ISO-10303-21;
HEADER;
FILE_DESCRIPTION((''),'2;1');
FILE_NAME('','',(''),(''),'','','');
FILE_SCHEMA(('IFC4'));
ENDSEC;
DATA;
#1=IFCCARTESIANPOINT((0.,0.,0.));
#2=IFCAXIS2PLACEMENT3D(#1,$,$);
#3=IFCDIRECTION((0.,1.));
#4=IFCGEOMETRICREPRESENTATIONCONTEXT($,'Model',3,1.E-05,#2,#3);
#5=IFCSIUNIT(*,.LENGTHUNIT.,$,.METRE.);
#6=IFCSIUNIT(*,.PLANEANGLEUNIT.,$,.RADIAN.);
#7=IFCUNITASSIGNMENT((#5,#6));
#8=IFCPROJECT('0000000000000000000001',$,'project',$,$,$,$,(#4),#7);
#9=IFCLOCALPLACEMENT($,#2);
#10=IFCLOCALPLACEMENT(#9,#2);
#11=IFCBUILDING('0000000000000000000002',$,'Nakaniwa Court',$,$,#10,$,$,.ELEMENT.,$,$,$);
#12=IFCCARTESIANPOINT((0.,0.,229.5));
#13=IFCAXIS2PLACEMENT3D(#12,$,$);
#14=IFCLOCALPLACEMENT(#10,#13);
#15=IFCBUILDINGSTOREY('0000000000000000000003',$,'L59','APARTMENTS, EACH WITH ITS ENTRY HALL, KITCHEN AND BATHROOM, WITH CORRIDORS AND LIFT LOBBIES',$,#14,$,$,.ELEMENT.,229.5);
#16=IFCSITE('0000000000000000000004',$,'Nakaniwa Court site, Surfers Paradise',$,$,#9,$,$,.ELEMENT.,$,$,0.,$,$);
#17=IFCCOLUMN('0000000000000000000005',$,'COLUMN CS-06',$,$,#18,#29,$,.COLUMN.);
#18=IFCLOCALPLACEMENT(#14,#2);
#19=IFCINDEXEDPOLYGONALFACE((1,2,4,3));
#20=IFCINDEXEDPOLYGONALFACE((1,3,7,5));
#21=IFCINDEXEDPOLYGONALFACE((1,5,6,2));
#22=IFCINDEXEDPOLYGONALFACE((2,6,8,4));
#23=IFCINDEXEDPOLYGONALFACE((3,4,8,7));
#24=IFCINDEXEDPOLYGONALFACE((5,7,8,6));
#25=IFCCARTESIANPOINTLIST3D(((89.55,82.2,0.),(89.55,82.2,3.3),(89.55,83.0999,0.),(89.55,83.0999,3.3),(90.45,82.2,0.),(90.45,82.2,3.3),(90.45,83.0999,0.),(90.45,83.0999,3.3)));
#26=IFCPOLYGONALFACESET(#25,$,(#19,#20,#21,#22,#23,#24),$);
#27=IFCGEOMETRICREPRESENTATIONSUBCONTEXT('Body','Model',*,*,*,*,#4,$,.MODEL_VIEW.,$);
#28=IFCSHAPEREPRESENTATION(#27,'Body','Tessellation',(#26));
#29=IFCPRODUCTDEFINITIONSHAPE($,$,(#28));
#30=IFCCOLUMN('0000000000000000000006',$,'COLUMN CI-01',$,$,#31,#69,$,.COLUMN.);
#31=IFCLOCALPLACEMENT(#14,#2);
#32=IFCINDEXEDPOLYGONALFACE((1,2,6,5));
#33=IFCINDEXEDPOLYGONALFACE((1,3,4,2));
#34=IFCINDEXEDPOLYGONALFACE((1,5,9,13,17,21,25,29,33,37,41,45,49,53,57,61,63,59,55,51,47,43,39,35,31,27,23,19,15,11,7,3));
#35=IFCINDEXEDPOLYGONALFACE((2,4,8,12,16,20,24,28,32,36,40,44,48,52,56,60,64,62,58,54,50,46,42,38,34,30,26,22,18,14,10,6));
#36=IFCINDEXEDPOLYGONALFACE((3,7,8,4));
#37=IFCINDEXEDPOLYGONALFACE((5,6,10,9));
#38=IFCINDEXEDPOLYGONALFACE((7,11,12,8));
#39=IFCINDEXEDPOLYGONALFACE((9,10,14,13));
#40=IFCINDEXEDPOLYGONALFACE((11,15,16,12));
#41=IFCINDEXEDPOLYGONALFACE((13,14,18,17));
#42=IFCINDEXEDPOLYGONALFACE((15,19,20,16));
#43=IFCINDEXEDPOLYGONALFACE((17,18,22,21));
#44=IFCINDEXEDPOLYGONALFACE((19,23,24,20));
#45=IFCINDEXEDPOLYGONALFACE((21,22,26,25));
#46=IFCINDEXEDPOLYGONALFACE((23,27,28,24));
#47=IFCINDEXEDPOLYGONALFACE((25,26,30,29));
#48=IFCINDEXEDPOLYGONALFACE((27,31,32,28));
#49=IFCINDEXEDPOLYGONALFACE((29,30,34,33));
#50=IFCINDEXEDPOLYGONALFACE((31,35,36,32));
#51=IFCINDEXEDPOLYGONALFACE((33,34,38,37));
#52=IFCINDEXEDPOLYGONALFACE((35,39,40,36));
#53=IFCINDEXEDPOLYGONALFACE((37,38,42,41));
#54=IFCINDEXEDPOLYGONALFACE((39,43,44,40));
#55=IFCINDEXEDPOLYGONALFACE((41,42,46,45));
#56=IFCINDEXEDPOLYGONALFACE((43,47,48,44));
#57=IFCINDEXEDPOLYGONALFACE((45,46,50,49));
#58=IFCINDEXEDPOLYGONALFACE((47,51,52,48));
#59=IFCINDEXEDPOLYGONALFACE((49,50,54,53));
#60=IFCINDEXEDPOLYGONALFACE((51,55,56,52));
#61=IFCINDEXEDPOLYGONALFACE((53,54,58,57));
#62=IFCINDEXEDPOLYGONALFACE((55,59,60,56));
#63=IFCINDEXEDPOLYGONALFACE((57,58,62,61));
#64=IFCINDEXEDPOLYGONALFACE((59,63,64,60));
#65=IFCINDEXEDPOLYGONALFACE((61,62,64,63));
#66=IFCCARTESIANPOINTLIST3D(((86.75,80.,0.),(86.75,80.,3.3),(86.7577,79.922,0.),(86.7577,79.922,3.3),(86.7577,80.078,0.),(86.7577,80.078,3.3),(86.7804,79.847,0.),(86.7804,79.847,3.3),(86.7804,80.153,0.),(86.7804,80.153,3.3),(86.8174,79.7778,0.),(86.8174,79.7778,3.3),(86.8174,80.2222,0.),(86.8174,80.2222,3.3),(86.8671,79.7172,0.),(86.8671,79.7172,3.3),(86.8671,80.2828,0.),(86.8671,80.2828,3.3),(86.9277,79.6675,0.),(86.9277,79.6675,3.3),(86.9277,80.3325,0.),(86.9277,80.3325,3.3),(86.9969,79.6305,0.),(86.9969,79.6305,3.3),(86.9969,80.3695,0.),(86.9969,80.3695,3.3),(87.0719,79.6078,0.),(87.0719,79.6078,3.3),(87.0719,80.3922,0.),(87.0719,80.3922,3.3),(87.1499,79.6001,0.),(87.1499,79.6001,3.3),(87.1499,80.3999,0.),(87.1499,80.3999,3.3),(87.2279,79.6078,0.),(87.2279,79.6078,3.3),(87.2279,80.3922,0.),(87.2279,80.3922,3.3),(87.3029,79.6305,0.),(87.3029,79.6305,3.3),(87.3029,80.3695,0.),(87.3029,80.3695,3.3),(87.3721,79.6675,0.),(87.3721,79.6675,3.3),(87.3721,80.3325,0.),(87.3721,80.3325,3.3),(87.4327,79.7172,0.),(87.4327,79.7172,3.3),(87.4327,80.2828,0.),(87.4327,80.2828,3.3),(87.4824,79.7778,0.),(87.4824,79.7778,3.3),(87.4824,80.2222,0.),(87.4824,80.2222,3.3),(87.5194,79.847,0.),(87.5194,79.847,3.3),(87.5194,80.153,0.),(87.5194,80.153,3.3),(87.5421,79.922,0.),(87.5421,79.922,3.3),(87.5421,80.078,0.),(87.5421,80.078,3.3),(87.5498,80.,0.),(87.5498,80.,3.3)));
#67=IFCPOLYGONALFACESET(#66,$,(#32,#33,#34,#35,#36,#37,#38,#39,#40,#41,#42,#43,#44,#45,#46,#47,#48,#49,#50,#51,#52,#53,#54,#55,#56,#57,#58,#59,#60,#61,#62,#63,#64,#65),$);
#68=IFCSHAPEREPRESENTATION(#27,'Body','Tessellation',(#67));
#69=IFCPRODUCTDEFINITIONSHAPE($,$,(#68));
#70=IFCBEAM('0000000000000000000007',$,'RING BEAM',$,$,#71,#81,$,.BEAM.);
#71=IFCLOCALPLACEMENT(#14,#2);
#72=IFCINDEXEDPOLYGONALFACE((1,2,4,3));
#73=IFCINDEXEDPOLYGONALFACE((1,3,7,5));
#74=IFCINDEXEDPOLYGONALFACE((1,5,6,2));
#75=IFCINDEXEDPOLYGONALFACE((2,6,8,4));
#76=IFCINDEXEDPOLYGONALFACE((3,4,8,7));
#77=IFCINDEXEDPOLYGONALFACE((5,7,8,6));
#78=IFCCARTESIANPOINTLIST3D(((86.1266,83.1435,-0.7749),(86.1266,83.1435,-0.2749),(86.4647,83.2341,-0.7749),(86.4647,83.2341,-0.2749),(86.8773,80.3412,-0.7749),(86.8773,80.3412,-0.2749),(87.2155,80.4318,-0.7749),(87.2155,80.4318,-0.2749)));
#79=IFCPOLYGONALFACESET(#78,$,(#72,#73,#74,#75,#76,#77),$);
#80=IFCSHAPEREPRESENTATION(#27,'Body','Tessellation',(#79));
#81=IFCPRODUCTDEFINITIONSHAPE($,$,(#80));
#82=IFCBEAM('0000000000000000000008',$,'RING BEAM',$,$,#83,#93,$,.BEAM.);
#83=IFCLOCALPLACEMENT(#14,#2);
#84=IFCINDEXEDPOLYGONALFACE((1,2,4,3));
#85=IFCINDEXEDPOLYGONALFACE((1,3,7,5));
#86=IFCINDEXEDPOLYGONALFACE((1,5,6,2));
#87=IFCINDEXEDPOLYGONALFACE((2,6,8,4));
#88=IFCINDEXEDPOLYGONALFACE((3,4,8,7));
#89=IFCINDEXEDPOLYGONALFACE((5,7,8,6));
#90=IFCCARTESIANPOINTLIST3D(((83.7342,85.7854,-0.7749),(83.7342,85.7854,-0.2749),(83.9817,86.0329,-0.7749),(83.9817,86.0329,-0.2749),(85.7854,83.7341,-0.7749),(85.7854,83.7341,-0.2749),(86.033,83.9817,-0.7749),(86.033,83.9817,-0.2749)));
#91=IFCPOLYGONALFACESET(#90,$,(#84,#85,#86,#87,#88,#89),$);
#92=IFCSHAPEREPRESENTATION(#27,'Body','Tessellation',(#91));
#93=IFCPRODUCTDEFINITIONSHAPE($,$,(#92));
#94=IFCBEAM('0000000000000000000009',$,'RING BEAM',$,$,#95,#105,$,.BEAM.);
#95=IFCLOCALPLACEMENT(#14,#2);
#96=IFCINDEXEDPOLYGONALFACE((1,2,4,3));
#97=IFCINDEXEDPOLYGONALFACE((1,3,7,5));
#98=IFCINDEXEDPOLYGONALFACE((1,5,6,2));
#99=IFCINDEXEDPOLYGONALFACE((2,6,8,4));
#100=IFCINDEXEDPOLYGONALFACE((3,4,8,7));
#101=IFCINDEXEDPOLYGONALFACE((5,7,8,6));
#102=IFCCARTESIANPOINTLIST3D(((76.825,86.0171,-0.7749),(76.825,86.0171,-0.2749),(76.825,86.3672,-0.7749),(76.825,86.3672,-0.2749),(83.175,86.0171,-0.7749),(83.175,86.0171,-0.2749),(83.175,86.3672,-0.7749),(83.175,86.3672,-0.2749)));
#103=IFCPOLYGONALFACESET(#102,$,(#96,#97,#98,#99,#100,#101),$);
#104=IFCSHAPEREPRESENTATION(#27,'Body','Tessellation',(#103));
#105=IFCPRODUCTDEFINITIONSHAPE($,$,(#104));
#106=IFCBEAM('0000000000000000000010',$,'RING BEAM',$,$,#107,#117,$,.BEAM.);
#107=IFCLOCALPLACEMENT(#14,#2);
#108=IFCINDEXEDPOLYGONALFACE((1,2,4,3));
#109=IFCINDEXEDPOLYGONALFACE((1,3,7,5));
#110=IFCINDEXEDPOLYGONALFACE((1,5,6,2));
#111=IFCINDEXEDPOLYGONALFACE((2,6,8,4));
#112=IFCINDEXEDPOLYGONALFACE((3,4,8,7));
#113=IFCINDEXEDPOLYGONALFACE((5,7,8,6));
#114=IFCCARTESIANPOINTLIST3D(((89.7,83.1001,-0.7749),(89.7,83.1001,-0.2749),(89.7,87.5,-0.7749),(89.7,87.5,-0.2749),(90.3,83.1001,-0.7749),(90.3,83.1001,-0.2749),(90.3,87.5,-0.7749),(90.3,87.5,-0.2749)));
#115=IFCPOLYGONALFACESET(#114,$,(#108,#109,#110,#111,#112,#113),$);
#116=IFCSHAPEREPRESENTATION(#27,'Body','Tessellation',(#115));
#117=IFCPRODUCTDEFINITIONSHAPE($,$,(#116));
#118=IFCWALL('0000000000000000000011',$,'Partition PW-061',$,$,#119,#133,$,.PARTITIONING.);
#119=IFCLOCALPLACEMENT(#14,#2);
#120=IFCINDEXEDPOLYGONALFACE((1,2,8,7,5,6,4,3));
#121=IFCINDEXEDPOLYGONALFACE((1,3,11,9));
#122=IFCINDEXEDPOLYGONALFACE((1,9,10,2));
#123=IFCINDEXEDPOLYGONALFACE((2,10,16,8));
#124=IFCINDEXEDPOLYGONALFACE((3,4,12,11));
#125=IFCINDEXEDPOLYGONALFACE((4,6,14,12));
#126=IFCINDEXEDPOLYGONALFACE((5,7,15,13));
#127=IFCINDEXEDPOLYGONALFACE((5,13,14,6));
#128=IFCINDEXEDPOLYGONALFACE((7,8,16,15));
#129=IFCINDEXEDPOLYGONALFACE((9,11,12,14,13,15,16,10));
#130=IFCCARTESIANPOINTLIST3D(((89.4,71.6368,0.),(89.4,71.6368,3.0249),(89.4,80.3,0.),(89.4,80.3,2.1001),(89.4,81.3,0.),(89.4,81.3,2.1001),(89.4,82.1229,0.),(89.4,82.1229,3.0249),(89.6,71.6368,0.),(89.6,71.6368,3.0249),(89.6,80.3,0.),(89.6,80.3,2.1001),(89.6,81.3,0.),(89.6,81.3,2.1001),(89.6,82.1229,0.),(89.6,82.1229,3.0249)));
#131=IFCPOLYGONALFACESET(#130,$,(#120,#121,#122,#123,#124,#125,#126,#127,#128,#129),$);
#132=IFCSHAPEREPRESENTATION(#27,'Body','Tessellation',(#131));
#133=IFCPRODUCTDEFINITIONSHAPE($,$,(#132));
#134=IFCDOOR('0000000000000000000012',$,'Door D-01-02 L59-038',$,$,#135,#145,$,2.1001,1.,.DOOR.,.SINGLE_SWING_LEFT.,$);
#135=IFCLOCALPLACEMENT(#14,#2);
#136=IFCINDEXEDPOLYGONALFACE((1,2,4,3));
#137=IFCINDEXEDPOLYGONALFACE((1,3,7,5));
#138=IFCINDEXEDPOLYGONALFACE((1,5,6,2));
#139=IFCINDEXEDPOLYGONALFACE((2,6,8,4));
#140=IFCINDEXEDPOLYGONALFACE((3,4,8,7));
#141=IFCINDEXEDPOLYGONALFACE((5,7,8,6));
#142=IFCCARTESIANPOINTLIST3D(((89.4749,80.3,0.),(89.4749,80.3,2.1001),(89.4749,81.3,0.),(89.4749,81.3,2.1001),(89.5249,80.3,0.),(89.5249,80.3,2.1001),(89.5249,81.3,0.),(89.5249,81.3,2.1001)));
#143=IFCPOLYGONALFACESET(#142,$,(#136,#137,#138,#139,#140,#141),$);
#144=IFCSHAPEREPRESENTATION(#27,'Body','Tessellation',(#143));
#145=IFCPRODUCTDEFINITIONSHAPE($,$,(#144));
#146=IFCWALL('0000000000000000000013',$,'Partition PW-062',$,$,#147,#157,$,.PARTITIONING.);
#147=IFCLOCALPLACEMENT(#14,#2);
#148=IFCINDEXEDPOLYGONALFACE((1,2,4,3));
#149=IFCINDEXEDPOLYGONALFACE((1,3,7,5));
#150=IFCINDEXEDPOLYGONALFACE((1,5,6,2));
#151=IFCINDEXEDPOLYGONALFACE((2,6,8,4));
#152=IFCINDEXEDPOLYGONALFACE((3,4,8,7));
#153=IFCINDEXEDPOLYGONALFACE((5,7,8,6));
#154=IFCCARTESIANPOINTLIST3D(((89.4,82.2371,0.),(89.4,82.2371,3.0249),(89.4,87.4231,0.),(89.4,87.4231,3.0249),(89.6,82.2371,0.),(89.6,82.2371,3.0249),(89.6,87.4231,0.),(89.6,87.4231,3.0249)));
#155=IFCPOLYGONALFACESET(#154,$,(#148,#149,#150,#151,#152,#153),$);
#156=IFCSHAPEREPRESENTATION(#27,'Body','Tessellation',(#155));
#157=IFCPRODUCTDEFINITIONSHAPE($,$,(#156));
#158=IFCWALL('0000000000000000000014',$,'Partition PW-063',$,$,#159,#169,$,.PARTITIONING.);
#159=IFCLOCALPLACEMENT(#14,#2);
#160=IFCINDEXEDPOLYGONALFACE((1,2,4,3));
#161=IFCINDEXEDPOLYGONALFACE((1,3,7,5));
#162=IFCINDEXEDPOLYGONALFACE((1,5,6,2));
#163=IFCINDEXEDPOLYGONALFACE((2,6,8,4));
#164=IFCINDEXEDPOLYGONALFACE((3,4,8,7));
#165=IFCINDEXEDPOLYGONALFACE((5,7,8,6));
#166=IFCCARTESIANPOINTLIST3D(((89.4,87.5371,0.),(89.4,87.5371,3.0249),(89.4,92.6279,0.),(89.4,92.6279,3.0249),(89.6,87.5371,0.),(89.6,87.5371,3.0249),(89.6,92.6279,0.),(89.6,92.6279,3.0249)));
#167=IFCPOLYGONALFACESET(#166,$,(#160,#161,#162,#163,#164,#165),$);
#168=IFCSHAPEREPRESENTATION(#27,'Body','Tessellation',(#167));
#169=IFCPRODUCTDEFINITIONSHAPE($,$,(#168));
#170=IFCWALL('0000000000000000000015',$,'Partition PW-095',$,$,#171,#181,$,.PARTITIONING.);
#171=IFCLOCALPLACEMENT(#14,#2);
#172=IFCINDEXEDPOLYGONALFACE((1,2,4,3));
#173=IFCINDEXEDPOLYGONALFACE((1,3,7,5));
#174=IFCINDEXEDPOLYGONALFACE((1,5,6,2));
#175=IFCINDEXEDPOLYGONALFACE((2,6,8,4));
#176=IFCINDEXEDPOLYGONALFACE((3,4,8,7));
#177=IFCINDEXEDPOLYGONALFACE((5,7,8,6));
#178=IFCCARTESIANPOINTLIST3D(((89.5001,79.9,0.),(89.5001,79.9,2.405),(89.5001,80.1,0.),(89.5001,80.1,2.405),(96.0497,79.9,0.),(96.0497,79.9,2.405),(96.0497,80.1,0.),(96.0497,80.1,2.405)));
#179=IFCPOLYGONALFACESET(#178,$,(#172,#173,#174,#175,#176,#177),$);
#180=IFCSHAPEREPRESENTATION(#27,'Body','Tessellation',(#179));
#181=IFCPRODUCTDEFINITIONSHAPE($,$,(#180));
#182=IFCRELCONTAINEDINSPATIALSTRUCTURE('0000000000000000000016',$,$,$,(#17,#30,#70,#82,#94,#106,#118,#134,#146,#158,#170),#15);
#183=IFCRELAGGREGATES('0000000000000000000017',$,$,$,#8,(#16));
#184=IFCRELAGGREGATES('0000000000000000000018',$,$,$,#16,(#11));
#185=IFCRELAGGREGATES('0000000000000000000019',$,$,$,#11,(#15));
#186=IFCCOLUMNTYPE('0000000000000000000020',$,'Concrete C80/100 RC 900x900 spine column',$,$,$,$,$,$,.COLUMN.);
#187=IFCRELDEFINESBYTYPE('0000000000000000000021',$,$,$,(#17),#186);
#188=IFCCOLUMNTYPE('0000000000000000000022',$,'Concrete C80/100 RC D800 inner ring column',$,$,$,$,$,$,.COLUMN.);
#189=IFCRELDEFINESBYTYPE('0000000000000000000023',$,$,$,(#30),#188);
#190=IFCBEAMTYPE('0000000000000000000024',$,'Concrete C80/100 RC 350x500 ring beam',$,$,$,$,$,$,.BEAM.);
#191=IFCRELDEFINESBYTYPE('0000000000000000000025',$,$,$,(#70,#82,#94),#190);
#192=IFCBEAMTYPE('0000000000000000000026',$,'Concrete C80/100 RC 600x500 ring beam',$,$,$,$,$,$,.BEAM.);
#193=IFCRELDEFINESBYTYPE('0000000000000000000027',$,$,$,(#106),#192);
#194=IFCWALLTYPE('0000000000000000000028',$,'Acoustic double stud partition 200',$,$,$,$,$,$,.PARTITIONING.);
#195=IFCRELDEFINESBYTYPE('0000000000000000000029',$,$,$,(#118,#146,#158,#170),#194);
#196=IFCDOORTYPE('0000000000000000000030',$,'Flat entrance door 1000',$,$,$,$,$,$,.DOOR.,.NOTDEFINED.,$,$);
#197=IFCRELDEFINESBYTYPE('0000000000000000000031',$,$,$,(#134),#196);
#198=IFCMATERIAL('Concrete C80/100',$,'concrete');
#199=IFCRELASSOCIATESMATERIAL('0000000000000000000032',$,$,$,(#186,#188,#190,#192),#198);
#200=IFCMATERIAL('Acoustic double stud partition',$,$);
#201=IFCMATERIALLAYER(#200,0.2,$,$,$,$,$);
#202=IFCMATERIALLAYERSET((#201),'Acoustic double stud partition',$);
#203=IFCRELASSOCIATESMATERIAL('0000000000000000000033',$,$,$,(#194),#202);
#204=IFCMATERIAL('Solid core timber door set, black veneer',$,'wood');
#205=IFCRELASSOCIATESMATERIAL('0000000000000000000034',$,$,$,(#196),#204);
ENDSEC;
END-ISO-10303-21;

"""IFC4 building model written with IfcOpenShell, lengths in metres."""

from ifc_helpers import new_model, si_unit, direction, frame, frame_2d, origin, origin_2d, place, context, subcontext, project, spatial, rectangle, circle, extrude, material, layer, layer_set, material_profile, profile_set, type_object, element, fill, save


model = new_model("IFC4")

# Units and contexts
model_context = context("Model", 3, precision=1e-05, world=origin(), true_north=direction((0.0, 1.0)))
body_context = subcontext(model_context, "Body", "Model", "MODEL_VIEW")
ifc_project = project(units=[si_unit("LENGTHUNIT", "METRE"), si_unit("PLANEANGLEUNIT", "RADIAN")], contexts=[model_context])

# Site, building, storey
site_placement = place(None, origin())
site = spatial("IfcSite", under=ifc_project, at=site_placement, Name="Nakaniwa Court site, Surfers Paradise", CompositionType="ELEMENT", RefElevation=0.0)
building_placement = place(site_placement, origin())
building = spatial("IfcBuilding", under=site, at=building_placement, Name="Nakaniwa Court", CompositionType="ELEMENT")
storey_placement = place(building_placement, frame((0.0, 0.0, 229.5)))
storey = spatial("IfcBuildingStorey", under=building, at=storey_placement, Name="L59", Description="APARTMENTS, EACH WITH ITS ENTRY HALL, KITCHEN AND BATHROOM, WITH CORRIDORS AND LIFT LOBBIES", CompositionType="ELEMENT", Elevation=229.5)

# Columns
ifc_material_1 = material(Name="Concrete C80/100", Category="concrete")
ifc_material_profile_1 = material_profile(ifc_material_1, rectangle(XDim=0.8999, YDim=0.8999, at=origin_2d()), Name="Concrete C80/100 RC 900x900 spine column")
ifc_profile_set_1 = profile_set([ifc_material_profile_1], Name="Concrete C80/100")
column_type_1 = type_object("IfcColumnType", Name="Concrete C80/100 RC 900x900 spine column", PredefinedType="COLUMN", material=ifc_profile_set_1)
column_placement = place(storey_placement, frame((90.0, 82.6499, 0.0), z_axis=(0.0, 0.0, 1.0), x_axis=(0.0, 1.0, 0.0)))
element("IfcColumn", 1, at=column_placement, inside=storey, type_object=column_type_1, Name="COLUMN CS-06", PredefinedType="COLUMN", context=body_context, shape_type="SweptSolid", body=[
    extrude(rectangle(XDim=0.8999, YDim=0.8999, at=origin_2d()), origin(), (0.0, 0.0, 1.0), 3.3),
])
ifc_material_profile_2 = material_profile(ifc_material_1, circle(Radius=0.3999, at=origin_2d()), Name="Concrete C80/100 RC D800 inner ring column")
ifc_profile_set_2 = profile_set([ifc_material_profile_2], Name="Concrete C80/100")
column_type_2 = type_object("IfcColumnType", Name="Concrete C80/100 RC D800 inner ring column", PredefinedType="COLUMN", material=ifc_profile_set_2)
for number, where, z_axis, x_axis, name in (
    (2, (87.1499, 80.0, 0.0), (0.0, 0.0, 1.0), (0.0, 1.0, 0.0), "COLUMN CI-01"),
):
    element("IfcColumn", number, at=place(storey_placement, frame(where, z_axis=z_axis, x_axis=x_axis)), inside=storey, type_object=column_type_2, Name=name, PredefinedType="COLUMN", context=body_context, shape_type="SweptSolid", body=[
        extrude(circle(Radius=0.3999, at=origin_2d()), origin(), (0.0, 0.0, 1.0), 3.3),
    ])

# Beams
ifc_material_profile_3 = material_profile(ifc_material_1, rectangle(XDim=0.3501, YDim=0.5, at=origin_2d()), Name="Concrete C80/100 RC 350x500 ring beam")
ifc_profile_set_3 = profile_set([ifc_material_profile_3], Name="Concrete C80/100")
beam_type_1 = type_object("IfcBeamType", Name="Concrete C80/100 RC 350x500 ring beam", PredefinedType="BEAM", material=ifc_profile_set_3)
beam_1_placement = place(storey_placement, frame((87.0464, 80.3865, -0.5249), z_axis=(-0.258778, 0.965937, 0.0), x_axis=(-0.965937, -0.258778, 0.0)))
element("IfcBeam", 3, at=beam_1_placement, inside=storey, type_object=beam_type_1, Name="RING BEAM", PredefinedType="BEAM", context=body_context, shape_type="SweptSolid", body=[
    extrude(rectangle(XDim=0.3501, YDim=0.5, at=origin_2d()), origin(), (0.0, 0.0, 1.0), 2.9011),
])
beam_2_placement = place(storey_placement, frame((85.9092, 83.8579, -0.5249), z_axis=(-0.707107, 0.707107, 0.0), x_axis=(-0.707107, -0.707107, 0.0)))
element("IfcBeam", 4, at=beam_2_placement, inside=storey, type_object=beam_type_1, Name="RING BEAM", PredefinedType="BEAM", context=body_context, shape_type="SweptSolid", body=[
    extrude(rectangle(XDim=0.3501, YDim=0.5, at=origin_2d()), origin(), (0.0, 0.0, 1.0), 2.9009),
])
beam_3_placement = place(storey_placement, frame((83.175, 86.1921, -0.5249), z_axis=(-1.0, 0.0, 0.0), x_axis=(0.0, -1.0, 0.0)))
element("IfcBeam", 5, at=beam_3_placement, inside=storey, type_object=beam_type_1, Name="RING BEAM", PredefinedType="BEAM", context=body_context, shape_type="SweptSolid", body=[
    extrude(rectangle(XDim=0.3501, YDim=0.5, at=origin_2d()), origin(), (0.0, 0.0, 1.0), 6.3501),
])
ifc_material_profile_4 = material_profile(ifc_material_1, rectangle(XDim=0.6001, YDim=0.5, at=origin_2d()), Name="Concrete C80/100 RC 600x500 ring beam")
ifc_profile_set_4 = profile_set([ifc_material_profile_4], Name="Concrete C80/100")
beam_type_2 = type_object("IfcBeamType", Name="Concrete C80/100 RC 600x500 ring beam", PredefinedType="BEAM", material=ifc_profile_set_4)
beam_4_placement = place(storey_placement, frame((90.0, 83.1001, -0.5249), z_axis=(0.0, 1.0, 0.0), x_axis=(-1.0, 0.0, 0.0)))
element("IfcBeam", 6, at=beam_4_placement, inside=storey, type_object=beam_type_2, Name="RING BEAM", PredefinedType="BEAM", context=body_context, shape_type="SweptSolid", body=[
    extrude(rectangle(XDim=0.6001, YDim=0.5, at=origin_2d()), origin(), (0.0, 0.0, 1.0), 4.3999),
])

# Wall, opening, door
ifc_material_2 = material(Name="Acoustic double stud partition")
ifc_layer_1 = layer(ifc_material_2, 0.2)
ifc_layer_set_1 = layer_set([ifc_layer_1], Name="Acoustic double stud partition")
wall_type_1 = type_object("IfcWallType", Name="Acoustic double stud partition 200", PredefinedType="PARTITIONING", material=ifc_layer_set_1)
wall_1_placement = place(storey_placement, frame((89.5, 82.123, 0.0), z_axis=(0.0, 0.0, 1.0), x_axis=(0.0, -1.0, 0.0)))
wall_1 = element("IfcWall", 7, at=wall_1_placement, inside=storey, type_object=wall_type_1, Name="Partition PW-061", PredefinedType="PARTITIONING", context=body_context, shape_type="SweptSolid", body=[
    extrude(rectangle(XDim=10.4861, YDim=0.2, at=frame_2d((5.2432, 0.0))), origin(), (0.0, 0.0, 1.0), 3.0249),
])
opening_1_placement = place(wall_1_placement, frame((0.823, 0.0, 0.0)))
opening_1 = element("IfcOpeningElement", 8, at=opening_1_placement, cuts=wall_1, PredefinedType="OPENING", context=body_context, shape_type="SweptSolid", body=[
    extrude(rectangle(XDim=1.0, YDim=2.1001, at=frame_2d((0.5, 1.05))), frame((0.0, 0.1099, 0.0), z_axis=(0.0, -1.0, 0.0), x_axis=(1.0, 0.0, 0.0)), (0.0, 0.0, 1.0), 0.22),
])
ifc_material_3 = material(Name="Solid core timber door set, black veneer", Category="wood")
door_type_1 = type_object("IfcDoorType", Name="Flat entrance door 1000", OperationType="NOTDEFINED", PredefinedType="DOOR", material=ifc_material_3)
door_1_placement = place(opening_1_placement, origin())
door_1 = element("IfcDoor", 9, at=door_1_placement, inside=storey, type_object=door_type_1, Name="Door D-01-02 L59-038", OperationType="SINGLE_SWING_LEFT", OverallHeight=2.1001, OverallWidth=1.0, PredefinedType="DOOR", context=body_context, shape_type="SweptSolid", body=[
    extrude(rectangle(XDim=1.0, YDim=2.1001, at=frame_2d((0.5, 1.05))), frame((0.0, 0.0249, 0.0), z_axis=(0.0, -1.0, 0.0), x_axis=(1.0, 0.0, 0.0)), (0.0, 0.0, 1.0), 0.05),
])
fill(opening_1, door_1)

# Walls
wall_2_placement = place(storey_placement, frame((89.5, 82.2371, 0.0), z_axis=(0.0, 0.0, 1.0), x_axis=(0.0, 1.0, 0.0)))
element("IfcWall", 10, at=wall_2_placement, inside=storey, type_object=wall_type_1, Name="Partition PW-062", PredefinedType="PARTITIONING", context=body_context, shape_type="SweptSolid", body=[
    extrude(rectangle(XDim=5.186, YDim=0.2, at=frame_2d((2.593, 0.0))), origin(), (0.0, 0.0, 1.0), 3.0249),
])
wall_3_placement = place(storey_placement, frame((89.5, 87.5371, 0.0), z_axis=(0.0, 0.0, 1.0), x_axis=(0.0, 1.0, 0.0)))
element("IfcWall", 11, at=wall_3_placement, inside=storey, type_object=wall_type_1, Name="Partition PW-063", PredefinedType="PARTITIONING", context=body_context, shape_type="SweptSolid", body=[
    extrude(rectangle(XDim=5.0908, YDim=0.2, at=frame_2d((2.5454, 0.0))), origin(), (0.0, 0.0, 1.0), 3.0249),
])
wall_4_placement = place(storey_placement, frame((89.5, 80.0, 0.0), z_axis=(0.0, 0.0, 1.0), x_axis=(1.0, 0.0, 0.0)))
element("IfcWall", 12, at=wall_4_placement, inside=storey, type_object=wall_type_1, Name="Partition PW-095", PredefinedType="PARTITIONING", context=body_context, shape_type="SweptSolid", body=[
    extrude(rectangle(XDim=6.5496, YDim=0.2, at=frame_2d((3.2749, 0.0))), origin(), (0.0, 0.0, 1.0), 2.405),
])

save(model, "model.ifc")
